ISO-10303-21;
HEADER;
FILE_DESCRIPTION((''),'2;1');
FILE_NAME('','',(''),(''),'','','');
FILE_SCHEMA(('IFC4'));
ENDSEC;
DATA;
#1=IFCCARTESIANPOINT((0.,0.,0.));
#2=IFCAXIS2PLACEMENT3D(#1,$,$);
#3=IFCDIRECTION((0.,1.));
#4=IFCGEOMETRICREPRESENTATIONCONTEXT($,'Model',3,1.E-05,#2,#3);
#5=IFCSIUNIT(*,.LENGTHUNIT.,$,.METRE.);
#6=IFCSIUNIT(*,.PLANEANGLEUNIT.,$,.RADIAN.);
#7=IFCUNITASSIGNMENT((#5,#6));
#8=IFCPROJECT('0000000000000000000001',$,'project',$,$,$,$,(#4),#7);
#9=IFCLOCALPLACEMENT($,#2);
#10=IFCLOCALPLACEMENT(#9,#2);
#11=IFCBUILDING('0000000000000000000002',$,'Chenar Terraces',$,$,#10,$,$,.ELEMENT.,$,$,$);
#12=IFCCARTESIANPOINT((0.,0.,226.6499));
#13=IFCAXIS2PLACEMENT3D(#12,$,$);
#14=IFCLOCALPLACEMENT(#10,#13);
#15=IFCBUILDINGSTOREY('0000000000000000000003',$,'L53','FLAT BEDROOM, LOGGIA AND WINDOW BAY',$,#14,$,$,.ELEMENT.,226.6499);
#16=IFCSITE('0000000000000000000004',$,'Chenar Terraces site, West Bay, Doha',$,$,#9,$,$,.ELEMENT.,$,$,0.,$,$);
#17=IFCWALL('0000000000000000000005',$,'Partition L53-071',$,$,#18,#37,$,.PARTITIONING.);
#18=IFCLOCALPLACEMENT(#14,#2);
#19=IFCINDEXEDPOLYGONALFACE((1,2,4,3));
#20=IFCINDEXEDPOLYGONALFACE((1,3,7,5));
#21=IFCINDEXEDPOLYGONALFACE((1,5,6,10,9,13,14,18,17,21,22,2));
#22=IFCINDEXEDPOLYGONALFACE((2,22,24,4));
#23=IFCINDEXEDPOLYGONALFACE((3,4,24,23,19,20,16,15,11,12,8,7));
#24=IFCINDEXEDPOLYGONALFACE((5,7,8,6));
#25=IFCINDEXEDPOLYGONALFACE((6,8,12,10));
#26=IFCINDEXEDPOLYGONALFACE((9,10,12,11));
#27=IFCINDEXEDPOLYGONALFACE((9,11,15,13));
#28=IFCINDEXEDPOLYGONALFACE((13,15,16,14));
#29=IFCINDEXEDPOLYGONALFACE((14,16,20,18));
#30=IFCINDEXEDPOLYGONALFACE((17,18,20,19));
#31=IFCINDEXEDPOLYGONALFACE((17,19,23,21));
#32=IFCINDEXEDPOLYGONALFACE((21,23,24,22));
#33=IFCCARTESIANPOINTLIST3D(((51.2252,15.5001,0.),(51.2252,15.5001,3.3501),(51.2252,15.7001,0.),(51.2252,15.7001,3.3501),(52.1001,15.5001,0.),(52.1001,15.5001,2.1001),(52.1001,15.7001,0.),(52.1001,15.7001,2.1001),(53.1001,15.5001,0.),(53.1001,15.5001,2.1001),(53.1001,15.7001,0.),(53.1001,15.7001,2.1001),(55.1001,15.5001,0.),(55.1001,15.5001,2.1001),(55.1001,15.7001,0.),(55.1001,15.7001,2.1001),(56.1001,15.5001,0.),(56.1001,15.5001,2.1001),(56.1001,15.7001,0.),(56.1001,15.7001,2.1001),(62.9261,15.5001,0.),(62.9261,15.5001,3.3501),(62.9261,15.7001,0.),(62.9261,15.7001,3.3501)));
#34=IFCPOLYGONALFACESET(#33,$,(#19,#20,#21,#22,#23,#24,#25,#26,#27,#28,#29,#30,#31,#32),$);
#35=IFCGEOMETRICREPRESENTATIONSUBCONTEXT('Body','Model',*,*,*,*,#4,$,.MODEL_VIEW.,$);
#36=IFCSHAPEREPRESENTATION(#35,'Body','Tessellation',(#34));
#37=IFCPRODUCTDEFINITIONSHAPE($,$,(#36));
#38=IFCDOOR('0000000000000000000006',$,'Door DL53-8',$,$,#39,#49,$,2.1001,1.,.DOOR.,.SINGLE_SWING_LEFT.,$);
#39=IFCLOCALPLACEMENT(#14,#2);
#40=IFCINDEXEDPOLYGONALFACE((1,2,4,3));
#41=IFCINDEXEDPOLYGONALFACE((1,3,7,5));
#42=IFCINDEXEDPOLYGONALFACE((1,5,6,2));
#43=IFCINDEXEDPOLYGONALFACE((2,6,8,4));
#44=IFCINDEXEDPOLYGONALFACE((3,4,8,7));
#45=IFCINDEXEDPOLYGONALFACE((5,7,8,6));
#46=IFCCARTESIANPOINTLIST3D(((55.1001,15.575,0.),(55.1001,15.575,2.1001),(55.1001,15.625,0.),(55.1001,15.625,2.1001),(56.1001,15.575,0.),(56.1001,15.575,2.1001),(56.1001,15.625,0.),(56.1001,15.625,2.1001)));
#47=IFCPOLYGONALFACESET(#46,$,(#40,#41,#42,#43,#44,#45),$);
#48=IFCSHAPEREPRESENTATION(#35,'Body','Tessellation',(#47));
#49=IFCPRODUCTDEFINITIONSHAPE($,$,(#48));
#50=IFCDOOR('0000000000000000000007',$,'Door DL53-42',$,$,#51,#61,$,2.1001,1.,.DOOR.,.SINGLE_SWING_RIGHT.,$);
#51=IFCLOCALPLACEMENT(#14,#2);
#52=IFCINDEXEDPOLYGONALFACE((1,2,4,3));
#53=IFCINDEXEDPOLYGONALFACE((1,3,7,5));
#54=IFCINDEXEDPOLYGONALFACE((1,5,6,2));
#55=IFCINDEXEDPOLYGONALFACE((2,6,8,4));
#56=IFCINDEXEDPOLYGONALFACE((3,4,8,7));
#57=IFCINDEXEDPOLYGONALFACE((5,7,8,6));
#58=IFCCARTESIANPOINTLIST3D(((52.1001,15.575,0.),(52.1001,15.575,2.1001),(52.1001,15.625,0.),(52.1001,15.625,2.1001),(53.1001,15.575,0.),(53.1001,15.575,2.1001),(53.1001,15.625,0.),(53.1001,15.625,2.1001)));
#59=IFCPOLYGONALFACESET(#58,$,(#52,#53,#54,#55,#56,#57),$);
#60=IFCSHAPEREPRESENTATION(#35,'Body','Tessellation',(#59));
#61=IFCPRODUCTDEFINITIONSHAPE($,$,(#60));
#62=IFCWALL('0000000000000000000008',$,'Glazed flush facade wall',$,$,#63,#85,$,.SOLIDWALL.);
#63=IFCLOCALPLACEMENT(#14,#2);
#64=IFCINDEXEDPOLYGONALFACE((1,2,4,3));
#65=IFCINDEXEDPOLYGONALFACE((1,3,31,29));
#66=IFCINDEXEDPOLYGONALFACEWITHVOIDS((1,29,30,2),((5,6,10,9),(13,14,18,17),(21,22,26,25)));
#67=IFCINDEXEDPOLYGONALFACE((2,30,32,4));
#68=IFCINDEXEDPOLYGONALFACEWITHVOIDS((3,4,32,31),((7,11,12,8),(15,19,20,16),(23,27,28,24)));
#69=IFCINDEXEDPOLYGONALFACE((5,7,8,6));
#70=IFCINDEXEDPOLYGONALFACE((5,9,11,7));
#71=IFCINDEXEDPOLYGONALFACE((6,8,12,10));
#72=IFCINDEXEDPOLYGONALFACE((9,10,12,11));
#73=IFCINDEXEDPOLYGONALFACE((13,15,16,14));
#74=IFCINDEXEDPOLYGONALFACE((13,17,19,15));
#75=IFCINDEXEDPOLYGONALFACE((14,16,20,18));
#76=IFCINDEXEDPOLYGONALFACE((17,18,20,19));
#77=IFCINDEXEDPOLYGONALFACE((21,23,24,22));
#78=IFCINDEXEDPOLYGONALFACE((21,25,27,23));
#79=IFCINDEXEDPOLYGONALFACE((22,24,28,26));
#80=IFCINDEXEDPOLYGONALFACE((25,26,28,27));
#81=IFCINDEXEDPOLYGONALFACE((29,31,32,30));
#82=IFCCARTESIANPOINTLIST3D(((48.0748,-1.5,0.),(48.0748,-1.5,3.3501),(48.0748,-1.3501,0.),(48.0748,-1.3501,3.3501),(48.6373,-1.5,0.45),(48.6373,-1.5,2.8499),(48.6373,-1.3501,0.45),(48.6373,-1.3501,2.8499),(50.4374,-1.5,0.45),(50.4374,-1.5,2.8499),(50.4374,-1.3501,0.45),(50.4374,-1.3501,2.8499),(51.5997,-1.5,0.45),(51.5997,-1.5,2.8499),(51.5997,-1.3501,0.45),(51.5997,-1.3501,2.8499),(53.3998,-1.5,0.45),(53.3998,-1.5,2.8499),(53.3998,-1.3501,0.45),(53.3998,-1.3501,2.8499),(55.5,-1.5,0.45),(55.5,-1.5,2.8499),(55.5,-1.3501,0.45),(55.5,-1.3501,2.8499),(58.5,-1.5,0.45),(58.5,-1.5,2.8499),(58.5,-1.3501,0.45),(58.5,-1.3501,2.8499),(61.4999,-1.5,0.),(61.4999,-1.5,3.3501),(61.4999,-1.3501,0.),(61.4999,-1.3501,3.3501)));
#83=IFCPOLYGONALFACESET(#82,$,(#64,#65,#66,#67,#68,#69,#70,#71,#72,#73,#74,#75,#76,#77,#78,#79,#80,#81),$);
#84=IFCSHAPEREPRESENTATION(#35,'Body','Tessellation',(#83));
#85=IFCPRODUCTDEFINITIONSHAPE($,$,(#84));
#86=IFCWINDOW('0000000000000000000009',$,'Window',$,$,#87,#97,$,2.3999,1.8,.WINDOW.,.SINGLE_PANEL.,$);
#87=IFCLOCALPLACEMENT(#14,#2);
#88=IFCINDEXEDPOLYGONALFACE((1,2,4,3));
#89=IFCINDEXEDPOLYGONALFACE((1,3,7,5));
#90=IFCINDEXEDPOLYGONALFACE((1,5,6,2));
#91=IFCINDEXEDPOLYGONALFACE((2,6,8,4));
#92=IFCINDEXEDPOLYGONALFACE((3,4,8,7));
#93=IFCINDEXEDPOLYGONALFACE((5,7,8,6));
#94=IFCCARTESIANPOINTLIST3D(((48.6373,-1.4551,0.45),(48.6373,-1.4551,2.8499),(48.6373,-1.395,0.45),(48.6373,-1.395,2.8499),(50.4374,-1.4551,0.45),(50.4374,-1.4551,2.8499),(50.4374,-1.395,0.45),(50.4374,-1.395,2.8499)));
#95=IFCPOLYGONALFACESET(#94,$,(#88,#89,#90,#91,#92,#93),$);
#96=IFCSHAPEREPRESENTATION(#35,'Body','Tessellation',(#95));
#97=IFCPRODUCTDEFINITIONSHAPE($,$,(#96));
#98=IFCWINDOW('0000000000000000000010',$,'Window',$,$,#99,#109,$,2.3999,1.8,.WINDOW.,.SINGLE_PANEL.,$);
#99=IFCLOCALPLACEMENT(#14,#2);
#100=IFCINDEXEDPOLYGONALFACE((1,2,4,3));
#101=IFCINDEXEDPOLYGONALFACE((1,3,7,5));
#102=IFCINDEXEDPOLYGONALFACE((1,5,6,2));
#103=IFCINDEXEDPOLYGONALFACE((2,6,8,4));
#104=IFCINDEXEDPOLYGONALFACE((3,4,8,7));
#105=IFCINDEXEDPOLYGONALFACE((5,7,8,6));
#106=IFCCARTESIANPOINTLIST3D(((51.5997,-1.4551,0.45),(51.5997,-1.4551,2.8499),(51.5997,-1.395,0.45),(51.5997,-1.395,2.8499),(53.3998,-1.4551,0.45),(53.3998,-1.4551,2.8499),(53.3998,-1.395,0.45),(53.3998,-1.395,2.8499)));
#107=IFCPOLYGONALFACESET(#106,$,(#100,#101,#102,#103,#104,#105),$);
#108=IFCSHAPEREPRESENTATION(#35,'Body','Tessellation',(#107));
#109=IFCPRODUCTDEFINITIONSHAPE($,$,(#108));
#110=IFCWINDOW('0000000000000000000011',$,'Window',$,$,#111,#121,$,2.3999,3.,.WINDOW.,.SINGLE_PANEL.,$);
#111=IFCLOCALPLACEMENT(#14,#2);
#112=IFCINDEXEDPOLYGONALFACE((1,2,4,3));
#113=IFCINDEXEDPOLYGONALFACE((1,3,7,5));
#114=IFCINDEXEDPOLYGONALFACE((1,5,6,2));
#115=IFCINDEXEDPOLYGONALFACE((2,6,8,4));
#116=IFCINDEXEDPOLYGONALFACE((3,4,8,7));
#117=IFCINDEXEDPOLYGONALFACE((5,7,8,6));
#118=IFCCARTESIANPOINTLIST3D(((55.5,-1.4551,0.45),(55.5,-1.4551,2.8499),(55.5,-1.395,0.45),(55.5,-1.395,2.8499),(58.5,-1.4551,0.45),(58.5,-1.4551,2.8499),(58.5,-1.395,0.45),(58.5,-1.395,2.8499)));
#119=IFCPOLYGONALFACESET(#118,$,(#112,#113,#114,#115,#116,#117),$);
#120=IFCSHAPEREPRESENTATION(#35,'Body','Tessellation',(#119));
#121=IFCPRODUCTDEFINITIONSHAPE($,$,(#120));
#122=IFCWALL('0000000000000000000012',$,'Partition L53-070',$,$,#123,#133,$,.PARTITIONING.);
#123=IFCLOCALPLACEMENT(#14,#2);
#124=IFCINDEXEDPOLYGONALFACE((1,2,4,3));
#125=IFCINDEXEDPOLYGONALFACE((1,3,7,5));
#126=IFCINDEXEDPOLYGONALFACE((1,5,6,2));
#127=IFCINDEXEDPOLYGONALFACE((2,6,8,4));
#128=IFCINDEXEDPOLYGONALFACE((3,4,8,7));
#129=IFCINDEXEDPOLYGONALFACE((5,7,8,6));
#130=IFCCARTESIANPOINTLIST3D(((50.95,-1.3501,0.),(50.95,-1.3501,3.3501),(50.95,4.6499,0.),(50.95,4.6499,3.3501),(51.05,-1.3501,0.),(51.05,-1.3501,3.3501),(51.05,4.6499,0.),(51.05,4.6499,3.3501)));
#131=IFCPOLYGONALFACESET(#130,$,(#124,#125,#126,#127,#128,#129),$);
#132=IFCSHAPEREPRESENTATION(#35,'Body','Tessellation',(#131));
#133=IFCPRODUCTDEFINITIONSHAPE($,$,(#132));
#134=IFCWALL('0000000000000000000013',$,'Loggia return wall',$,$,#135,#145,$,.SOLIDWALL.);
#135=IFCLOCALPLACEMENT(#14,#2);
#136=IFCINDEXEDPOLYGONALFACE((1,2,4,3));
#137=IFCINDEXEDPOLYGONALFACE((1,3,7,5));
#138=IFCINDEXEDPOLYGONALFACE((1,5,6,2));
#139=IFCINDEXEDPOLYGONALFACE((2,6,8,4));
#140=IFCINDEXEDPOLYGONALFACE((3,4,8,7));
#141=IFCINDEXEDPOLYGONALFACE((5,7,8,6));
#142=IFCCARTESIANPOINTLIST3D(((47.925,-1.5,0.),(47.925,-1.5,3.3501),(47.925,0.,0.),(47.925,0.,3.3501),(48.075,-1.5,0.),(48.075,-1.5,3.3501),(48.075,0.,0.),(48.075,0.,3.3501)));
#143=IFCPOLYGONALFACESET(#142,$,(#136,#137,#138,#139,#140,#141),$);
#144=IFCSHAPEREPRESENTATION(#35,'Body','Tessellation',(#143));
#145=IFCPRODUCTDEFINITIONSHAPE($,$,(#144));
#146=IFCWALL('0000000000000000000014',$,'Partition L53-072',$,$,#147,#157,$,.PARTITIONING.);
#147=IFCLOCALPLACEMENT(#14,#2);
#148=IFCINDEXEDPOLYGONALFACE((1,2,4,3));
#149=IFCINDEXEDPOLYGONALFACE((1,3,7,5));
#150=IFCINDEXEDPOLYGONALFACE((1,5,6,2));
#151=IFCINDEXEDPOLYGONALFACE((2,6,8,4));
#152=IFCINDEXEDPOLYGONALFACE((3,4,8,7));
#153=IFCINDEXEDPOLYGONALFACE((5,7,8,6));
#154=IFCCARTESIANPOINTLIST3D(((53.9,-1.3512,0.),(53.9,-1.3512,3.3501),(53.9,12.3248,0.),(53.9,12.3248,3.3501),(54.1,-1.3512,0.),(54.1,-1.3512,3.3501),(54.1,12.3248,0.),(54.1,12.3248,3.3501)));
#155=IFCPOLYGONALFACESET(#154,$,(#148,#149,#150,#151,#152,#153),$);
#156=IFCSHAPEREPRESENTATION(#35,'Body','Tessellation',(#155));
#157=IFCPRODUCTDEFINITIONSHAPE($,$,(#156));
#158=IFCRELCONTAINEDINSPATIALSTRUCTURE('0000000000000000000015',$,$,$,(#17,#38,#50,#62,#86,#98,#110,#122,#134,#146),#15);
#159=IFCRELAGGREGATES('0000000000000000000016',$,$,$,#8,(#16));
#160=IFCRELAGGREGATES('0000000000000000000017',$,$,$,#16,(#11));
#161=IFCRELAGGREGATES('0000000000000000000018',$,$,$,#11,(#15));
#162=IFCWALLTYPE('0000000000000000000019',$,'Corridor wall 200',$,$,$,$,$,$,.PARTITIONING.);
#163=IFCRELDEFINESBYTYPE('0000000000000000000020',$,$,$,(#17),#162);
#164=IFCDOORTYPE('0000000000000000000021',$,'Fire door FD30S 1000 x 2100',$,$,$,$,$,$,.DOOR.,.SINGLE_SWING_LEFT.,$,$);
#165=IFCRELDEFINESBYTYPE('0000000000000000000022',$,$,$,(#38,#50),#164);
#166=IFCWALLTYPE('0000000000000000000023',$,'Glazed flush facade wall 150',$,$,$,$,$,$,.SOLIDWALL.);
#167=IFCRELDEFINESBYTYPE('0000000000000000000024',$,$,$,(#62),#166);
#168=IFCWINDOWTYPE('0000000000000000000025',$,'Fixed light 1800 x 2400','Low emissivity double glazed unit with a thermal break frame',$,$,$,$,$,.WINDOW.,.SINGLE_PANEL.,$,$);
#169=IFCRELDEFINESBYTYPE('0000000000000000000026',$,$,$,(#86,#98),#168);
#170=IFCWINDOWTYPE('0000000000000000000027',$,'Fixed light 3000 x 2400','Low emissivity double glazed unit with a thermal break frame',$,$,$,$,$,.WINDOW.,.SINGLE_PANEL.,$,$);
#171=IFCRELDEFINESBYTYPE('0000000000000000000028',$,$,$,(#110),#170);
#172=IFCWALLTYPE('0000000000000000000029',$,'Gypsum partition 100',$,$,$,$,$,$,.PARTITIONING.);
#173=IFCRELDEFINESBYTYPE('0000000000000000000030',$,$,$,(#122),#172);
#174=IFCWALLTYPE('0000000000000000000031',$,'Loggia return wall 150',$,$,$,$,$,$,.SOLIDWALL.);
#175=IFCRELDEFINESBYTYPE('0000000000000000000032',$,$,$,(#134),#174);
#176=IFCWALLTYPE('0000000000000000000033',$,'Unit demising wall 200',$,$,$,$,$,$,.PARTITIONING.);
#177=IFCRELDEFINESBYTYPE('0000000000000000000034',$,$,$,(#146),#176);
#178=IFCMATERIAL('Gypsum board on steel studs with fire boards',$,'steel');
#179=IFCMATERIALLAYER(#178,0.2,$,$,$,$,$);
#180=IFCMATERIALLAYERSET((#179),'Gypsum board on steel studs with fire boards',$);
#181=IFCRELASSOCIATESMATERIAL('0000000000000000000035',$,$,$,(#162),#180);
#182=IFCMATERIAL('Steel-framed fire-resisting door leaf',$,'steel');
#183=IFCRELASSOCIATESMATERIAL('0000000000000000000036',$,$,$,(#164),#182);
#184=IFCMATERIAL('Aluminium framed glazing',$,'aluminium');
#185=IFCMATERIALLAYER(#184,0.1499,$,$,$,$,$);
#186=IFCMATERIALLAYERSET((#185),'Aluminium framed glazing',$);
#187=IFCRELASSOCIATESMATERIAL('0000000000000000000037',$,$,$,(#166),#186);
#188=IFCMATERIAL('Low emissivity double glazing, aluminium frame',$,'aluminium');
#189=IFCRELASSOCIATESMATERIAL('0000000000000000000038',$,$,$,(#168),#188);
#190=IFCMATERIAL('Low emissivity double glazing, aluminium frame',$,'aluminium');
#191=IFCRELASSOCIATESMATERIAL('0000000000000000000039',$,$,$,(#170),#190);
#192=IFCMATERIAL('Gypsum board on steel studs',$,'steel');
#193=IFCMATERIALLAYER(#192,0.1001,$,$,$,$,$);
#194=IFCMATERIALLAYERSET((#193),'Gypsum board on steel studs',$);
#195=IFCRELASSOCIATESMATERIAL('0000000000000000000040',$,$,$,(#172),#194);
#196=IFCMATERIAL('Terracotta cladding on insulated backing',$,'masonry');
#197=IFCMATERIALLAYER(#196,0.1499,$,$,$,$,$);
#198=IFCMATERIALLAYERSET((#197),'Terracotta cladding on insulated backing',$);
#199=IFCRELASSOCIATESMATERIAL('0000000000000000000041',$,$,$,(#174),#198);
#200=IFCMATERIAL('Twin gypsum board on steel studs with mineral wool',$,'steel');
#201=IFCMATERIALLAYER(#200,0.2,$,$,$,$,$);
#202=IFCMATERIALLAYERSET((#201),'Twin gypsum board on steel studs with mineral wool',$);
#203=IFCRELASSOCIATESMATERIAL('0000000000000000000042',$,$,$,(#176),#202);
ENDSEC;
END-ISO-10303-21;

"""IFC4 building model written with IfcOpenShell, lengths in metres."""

from ifc_helpers import new_model, si_unit, direction, frame, frame_2d, origin, place, context, subcontext, project, spatial, rectangle, extrude, material, layer, layer_set, type_object, element, fill, save


model = new_model("IFC4")

# Units and contexts
model_context = context("Model", 3, precision=1e-05, world=origin(), true_north=direction((0.0, 1.0)))
body_context = subcontext(model_context, "Body", "Model", "MODEL_VIEW")
ifc_project = project(units=[si_unit("LENGTHUNIT", "METRE"), si_unit("PLANEANGLEUNIT", "RADIAN")], contexts=[model_context])

# Site, building, storey
site_placement = place(None, origin())
site = spatial("IfcSite", under=ifc_project, at=site_placement, Name="Chenar Terraces site, West Bay, Doha", CompositionType="ELEMENT", RefElevation=0.0)
building_placement = place(site_placement, origin())
building = spatial("IfcBuilding", under=site, at=building_placement, Name="Chenar Terraces", CompositionType="ELEMENT")
storey_placement = place(building_placement, frame((0.0, 0.0, 226.6499)))
storey = spatial("IfcBuildingStorey", under=building, at=storey_placement, Name="L53", Description="FLAT BEDROOM, LOGGIA AND WINDOW BAY", CompositionType="ELEMENT", Elevation=226.6499)

# Wall, openings, doors
ifc_material_1 = material(Name="Gypsum board on steel studs with fire boards", Category="steel")
ifc_layer_1 = layer(ifc_material_1, 0.2)
ifc_layer_set_1 = layer_set([ifc_layer_1], Name="Gypsum board on steel studs with fire boards")
wall_type_1 = type_object("IfcWallType", Name="Corridor wall 200", PredefinedType="PARTITIONING", material=ifc_layer_set_1)
wall_1_placement = place(storey_placement, frame((51.2251, 15.6001, 0.0), z_axis=(0.0, 0.0, 1.0), x_axis=(1.0, 0.0, 0.0)))
wall_1 = element("IfcWall", 1, at=wall_1_placement, inside=storey, type_object=wall_type_1, Name="Partition L53-071", PredefinedType="PARTITIONING", context=body_context, shape_type="SweptSolid", body=[
    extrude(rectangle(XDim=11.7009, YDim=0.2, at=frame_2d((5.8506, 0.0))), origin(), (0.0, 0.0, 1.0), 3.3501),
])
opening_1_placement = place(wall_1_placement, frame((3.875, 0.0, 0.0)))
opening_1 = element("IfcOpeningElement", 2, at=opening_1_placement, cuts=wall_1, PredefinedType="OPENING", context=body_context, shape_type="SweptSolid", body=[
    extrude(rectangle(XDim=1.0, YDim=2.1001, at=frame_2d((0.5, 1.05))), frame((0.0, 0.1099, 0.0), z_axis=(0.0, -1.0, 0.0), x_axis=(1.0, 0.0, 0.0)), (0.0, 0.0, 1.0), 0.22),
])
opening_2_placement = place(wall_1_placement, frame((0.875, 0.0, 0.0)))
opening_2 = element("IfcOpeningElement", 3, at=opening_2_placement, cuts=wall_1, PredefinedType="OPENING", context=body_context, shape_type="SweptSolid", body=[
    extrude(rectangle(XDim=1.0, YDim=2.1001, at=frame_2d((0.5, 1.05))), frame((0.0, 0.1099, 0.0), z_axis=(0.0, -1.0, 0.0), x_axis=(1.0, 0.0, 0.0)), (0.0, 0.0, 1.0), 0.22),
])
ifc_material_2 = material(Name="Steel-framed fire-resisting door leaf", Category="steel")
door_type_1 = type_object("IfcDoorType", Name="Fire door FD30S 1000 x 2100", OperationType="SINGLE_SWING_LEFT", PredefinedType="DOOR", material=ifc_material_2)
door_1_placement = place(opening_1_placement, origin())
door_1 = element("IfcDoor", 4, at=door_1_placement, inside=storey, type_object=door_type_1, Name="Door DL53-8", OperationType="SINGLE_SWING_LEFT", OverallHeight=2.1001, OverallWidth=1.0, PredefinedType="DOOR", context=body_context, shape_type="SweptSolid", body=[
    extrude(rectangle(XDim=1.0, YDim=2.1001, at=frame_2d((0.5, 1.05))), frame((0.0, 0.0249, 0.0), z_axis=(0.0, -1.0, 0.0), x_axis=(1.0, 0.0, 0.0)), (0.0, 0.0, 1.0), 0.05),
])
fill(opening_1, door_1)
door_2_placement = place(opening_2_placement, origin())
door_2 = element("IfcDoor", 5, at=door_2_placement, inside=storey, type_object=door_type_1, Name="Door DL53-42", OperationType="SINGLE_SWING_RIGHT", OverallHeight=2.1001, OverallWidth=1.0, PredefinedType="DOOR", context=body_context, shape_type="SweptSolid", body=[
    extrude(rectangle(XDim=1.0, YDim=2.1001, at=frame_2d((0.5, 1.05))), frame((0.0, 0.0249, 0.0), z_axis=(0.0, -1.0, 0.0), x_axis=(1.0, 0.0, 0.0)), (0.0, 0.0, 1.0), 0.05),
])
fill(opening_2, door_2)

# Wall, openings, windows
ifc_material_3 = material(Name="Aluminium framed glazing", Category="aluminium")
ifc_layer_2 = layer(ifc_material_3, 0.1499)
ifc_layer_set_2 = layer_set([ifc_layer_2], Name="Aluminium framed glazing")
wall_type_2 = type_object("IfcWallType", Name="Glazed flush facade wall 150", PredefinedType="SOLIDWALL", material=ifc_layer_set_2)
wall_2_placement = place(storey_placement, frame((48.075, -1.425, 0.0), z_axis=(0.0, 0.0, 1.0), x_axis=(1.0, 0.0, 0.0)))
wall_2 = element("IfcWall", 6, at=wall_2_placement, inside=storey, type_object=wall_type_2, Name="Glazed flush facade wall", PredefinedType="SOLIDWALL", context=body_context, shape_type="SweptSolid", body=[
    extrude(rectangle(XDim=13.425, YDim=0.1499, at=frame_2d((6.7124, 0.0))), origin(), (0.0, 0.0, 1.0), 3.3501),
])
opening_3_placement = place(wall_2_placement, frame((0.5625, 0.0, 0.45)))
opening_3 = element("IfcOpeningElement", 7, at=opening_3_placement, cuts=wall_2, PredefinedType="OPENING", context=body_context, shape_type="SweptSolid", body=[
    extrude(rectangle(XDim=1.8, YDim=2.3999, at=frame_2d((0.8999, 1.2))), frame((0.0, 0.085, 0.0), z_axis=(0.0, -1.0, 0.0), x_axis=(1.0, 0.0, 0.0)), (0.0, 0.0, 1.0), 0.1699),
])
opening_4_placement = place(wall_2_placement, frame((3.5249, 0.0, 0.45)))
opening_4 = element("IfcOpeningElement", 8, at=opening_4_placement, cuts=wall_2, PredefinedType="OPENING", context=body_context, shape_type="SweptSolid", body=[
    extrude(rectangle(XDim=1.8, YDim=2.3999, at=frame_2d((0.8999, 1.2))), frame((0.0, 0.085, 0.0), z_axis=(0.0, -1.0, 0.0), x_axis=(1.0, 0.0, 0.0)), (0.0, 0.0, 1.0), 0.1699),
])
opening_5_placement = place(wall_2_placement, frame((7.425, 0.0, 0.45)))
opening_5 = element("IfcOpeningElement", 9, at=opening_5_placement, cuts=wall_2, PredefinedType="OPENING", context=body_context, shape_type="SweptSolid", body=[
    extrude(rectangle(XDim=3.0, YDim=2.3999, at=frame_2d((1.5, 1.2))), frame((0.0, 0.085, 0.0), z_axis=(0.0, -1.0, 0.0), x_axis=(1.0, 0.0, 0.0)), (0.0, 0.0, 1.0), 0.1699),
])
ifc_material_4 = material(Name="Low emissivity double glazing, aluminium frame", Category="aluminium")
window_type_1 = type_object("IfcWindowType", Name="Fixed light 1800 x 2400", Description="Low emissivity double glazed unit with a thermal break frame", PartitioningType="SINGLE_PANEL", PredefinedType="WINDOW", material=ifc_material_4)
window_1_placement = place(opening_3_placement, origin())
window_1 = element("IfcWindow", 10, at=window_1_placement, inside=storey, type_object=window_type_1, Name="Window", OverallHeight=2.3999, OverallWidth=1.8, PartitioningType="SINGLE_PANEL", PredefinedType="WINDOW", context=body_context, shape_type="SweptSolid", body=[
    extrude(rectangle(XDim=1.8, YDim=2.3999, at=frame_2d((0.8999, 1.2))), frame((0.0, 0.03, 0.0), z_axis=(0.0, -1.0, 0.0), x_axis=(1.0, 0.0, 0.0)), (0.0, 0.0, 1.0), 0.0601),
])
fill(opening_3, window_1)
window_2_placement = place(opening_4_placement, origin())
window_2 = element("IfcWindow", 11, at=window_2_placement, inside=storey, type_object=window_type_1, Name="Window", OverallHeight=2.3999, OverallWidth=1.8, PartitioningType="SINGLE_PANEL", PredefinedType="WINDOW", context=body_context, shape_type="SweptSolid", body=[
    extrude(rectangle(XDim=1.8, YDim=2.3999, at=frame_2d((0.8999, 1.2))), frame((0.0, 0.03, 0.0), z_axis=(0.0, -1.0, 0.0), x_axis=(1.0, 0.0, 0.0)), (0.0, 0.0, 1.0), 0.0601),
])
fill(opening_4, window_2)
ifc_material_5 = material(Name="Low emissivity double glazing, aluminium frame", Category="aluminium")
window_type_2 = type_object("IfcWindowType", Name="Fixed light 3000 x 2400", Description="Low emissivity double glazed unit with a thermal break frame", PartitioningType="SINGLE_PANEL", PredefinedType="WINDOW", material=ifc_material_5)
window_3_placement = place(opening_5_placement, origin())
window_3 = element("IfcWindow", 12, at=window_3_placement, inside=storey, type_object=window_type_2, Name="Window", OverallHeight=2.3999, OverallWidth=3.0, PartitioningType="SINGLE_PANEL", PredefinedType="WINDOW", context=body_context, shape_type="SweptSolid", body=[
    extrude(rectangle(XDim=3.0, YDim=2.3999, at=frame_2d((1.5, 1.2))), frame((0.0, 0.03, 0.0), z_axis=(0.0, -1.0, 0.0), x_axis=(1.0, 0.0, 0.0)), (0.0, 0.0, 1.0), 0.0601),
])
fill(opening_5, window_3)

# Walls
ifc_material_6 = material(Name="Gypsum board on steel studs", Category="steel")
ifc_layer_3 = layer(ifc_material_6, 0.1001)
ifc_layer_set_3 = layer_set([ifc_layer_3], Name="Gypsum board on steel studs")
wall_type_3 = type_object("IfcWallType", Name="Gypsum partition 100", PredefinedType="PARTITIONING", material=ifc_layer_set_3)
wall_3_placement = place(storey_placement, frame((51.0, -1.3501, 0.0), z_axis=(0.0, 0.0, 1.0), x_axis=(0.0, 1.0, 0.0)))
element("IfcWall", 13, at=wall_3_placement, inside=storey, type_object=wall_type_3, Name="Partition L53-070", PredefinedType="PARTITIONING", context=body_context, shape_type="SweptSolid", body=[
    extrude(rectangle(XDim=6.0, YDim=0.1001, at=frame_2d((3.0, 0.0))), origin(), (0.0, 0.0, 1.0), 3.3501),
])
ifc_material_7 = material(Name="Terracotta cladding on insulated backing", Category="masonry")
ifc_layer_4 = layer(ifc_material_7, 0.1499)
ifc_layer_set_4 = layer_set([ifc_layer_4], Name="Terracotta cladding on insulated backing")
wall_type_4 = type_object("IfcWallType", Name="Loggia return wall 150", PredefinedType="SOLIDWALL", material=ifc_layer_set_4)
wall_4_placement = place(storey_placement, frame((48.0, -1.5, 0.0), z_axis=(0.0, 0.0, 1.0), x_axis=(0.0, 1.0, 0.0)))
element("IfcWall", 14, at=wall_4_placement, inside=storey, type_object=wall_type_4, Name="Loggia return wall", PredefinedType="SOLIDWALL", context=body_context, shape_type="SweptSolid", body=[
    extrude(rectangle(XDim=1.5, YDim=0.1499, at=frame_2d((0.75, 0.0))), origin(), (0.0, 0.0, 1.0), 3.3501),
])
ifc_material_8 = material(Name="Twin gypsum board on steel studs with mineral wool", Category="steel")
ifc_layer_5 = layer(ifc_material_8, 0.2)
ifc_layer_set_5 = layer_set([ifc_layer_5], Name="Twin gypsum board on steel studs with mineral wool")
wall_type_5 = type_object("IfcWallType", Name="Unit demising wall 200", PredefinedType="PARTITIONING", material=ifc_layer_set_5)
wall_5_placement = place(storey_placement, frame((54.0, -1.3511, 0.0), z_axis=(0.0, 0.0, 1.0), x_axis=(0.0, 1.0, 0.0)))
element("IfcWall", 15, at=wall_5_placement, inside=storey, type_object=wall_type_5, Name="Partition L53-072", PredefinedType="PARTITIONING", context=body_context, shape_type="SweptSolid", body=[
    extrude(rectangle(XDim=13.676, YDim=0.2, at=frame_2d((6.8379, 0.0))), origin(), (0.0, 0.0, 1.0), 3.3501),
])

save(model, "model.ifc")
